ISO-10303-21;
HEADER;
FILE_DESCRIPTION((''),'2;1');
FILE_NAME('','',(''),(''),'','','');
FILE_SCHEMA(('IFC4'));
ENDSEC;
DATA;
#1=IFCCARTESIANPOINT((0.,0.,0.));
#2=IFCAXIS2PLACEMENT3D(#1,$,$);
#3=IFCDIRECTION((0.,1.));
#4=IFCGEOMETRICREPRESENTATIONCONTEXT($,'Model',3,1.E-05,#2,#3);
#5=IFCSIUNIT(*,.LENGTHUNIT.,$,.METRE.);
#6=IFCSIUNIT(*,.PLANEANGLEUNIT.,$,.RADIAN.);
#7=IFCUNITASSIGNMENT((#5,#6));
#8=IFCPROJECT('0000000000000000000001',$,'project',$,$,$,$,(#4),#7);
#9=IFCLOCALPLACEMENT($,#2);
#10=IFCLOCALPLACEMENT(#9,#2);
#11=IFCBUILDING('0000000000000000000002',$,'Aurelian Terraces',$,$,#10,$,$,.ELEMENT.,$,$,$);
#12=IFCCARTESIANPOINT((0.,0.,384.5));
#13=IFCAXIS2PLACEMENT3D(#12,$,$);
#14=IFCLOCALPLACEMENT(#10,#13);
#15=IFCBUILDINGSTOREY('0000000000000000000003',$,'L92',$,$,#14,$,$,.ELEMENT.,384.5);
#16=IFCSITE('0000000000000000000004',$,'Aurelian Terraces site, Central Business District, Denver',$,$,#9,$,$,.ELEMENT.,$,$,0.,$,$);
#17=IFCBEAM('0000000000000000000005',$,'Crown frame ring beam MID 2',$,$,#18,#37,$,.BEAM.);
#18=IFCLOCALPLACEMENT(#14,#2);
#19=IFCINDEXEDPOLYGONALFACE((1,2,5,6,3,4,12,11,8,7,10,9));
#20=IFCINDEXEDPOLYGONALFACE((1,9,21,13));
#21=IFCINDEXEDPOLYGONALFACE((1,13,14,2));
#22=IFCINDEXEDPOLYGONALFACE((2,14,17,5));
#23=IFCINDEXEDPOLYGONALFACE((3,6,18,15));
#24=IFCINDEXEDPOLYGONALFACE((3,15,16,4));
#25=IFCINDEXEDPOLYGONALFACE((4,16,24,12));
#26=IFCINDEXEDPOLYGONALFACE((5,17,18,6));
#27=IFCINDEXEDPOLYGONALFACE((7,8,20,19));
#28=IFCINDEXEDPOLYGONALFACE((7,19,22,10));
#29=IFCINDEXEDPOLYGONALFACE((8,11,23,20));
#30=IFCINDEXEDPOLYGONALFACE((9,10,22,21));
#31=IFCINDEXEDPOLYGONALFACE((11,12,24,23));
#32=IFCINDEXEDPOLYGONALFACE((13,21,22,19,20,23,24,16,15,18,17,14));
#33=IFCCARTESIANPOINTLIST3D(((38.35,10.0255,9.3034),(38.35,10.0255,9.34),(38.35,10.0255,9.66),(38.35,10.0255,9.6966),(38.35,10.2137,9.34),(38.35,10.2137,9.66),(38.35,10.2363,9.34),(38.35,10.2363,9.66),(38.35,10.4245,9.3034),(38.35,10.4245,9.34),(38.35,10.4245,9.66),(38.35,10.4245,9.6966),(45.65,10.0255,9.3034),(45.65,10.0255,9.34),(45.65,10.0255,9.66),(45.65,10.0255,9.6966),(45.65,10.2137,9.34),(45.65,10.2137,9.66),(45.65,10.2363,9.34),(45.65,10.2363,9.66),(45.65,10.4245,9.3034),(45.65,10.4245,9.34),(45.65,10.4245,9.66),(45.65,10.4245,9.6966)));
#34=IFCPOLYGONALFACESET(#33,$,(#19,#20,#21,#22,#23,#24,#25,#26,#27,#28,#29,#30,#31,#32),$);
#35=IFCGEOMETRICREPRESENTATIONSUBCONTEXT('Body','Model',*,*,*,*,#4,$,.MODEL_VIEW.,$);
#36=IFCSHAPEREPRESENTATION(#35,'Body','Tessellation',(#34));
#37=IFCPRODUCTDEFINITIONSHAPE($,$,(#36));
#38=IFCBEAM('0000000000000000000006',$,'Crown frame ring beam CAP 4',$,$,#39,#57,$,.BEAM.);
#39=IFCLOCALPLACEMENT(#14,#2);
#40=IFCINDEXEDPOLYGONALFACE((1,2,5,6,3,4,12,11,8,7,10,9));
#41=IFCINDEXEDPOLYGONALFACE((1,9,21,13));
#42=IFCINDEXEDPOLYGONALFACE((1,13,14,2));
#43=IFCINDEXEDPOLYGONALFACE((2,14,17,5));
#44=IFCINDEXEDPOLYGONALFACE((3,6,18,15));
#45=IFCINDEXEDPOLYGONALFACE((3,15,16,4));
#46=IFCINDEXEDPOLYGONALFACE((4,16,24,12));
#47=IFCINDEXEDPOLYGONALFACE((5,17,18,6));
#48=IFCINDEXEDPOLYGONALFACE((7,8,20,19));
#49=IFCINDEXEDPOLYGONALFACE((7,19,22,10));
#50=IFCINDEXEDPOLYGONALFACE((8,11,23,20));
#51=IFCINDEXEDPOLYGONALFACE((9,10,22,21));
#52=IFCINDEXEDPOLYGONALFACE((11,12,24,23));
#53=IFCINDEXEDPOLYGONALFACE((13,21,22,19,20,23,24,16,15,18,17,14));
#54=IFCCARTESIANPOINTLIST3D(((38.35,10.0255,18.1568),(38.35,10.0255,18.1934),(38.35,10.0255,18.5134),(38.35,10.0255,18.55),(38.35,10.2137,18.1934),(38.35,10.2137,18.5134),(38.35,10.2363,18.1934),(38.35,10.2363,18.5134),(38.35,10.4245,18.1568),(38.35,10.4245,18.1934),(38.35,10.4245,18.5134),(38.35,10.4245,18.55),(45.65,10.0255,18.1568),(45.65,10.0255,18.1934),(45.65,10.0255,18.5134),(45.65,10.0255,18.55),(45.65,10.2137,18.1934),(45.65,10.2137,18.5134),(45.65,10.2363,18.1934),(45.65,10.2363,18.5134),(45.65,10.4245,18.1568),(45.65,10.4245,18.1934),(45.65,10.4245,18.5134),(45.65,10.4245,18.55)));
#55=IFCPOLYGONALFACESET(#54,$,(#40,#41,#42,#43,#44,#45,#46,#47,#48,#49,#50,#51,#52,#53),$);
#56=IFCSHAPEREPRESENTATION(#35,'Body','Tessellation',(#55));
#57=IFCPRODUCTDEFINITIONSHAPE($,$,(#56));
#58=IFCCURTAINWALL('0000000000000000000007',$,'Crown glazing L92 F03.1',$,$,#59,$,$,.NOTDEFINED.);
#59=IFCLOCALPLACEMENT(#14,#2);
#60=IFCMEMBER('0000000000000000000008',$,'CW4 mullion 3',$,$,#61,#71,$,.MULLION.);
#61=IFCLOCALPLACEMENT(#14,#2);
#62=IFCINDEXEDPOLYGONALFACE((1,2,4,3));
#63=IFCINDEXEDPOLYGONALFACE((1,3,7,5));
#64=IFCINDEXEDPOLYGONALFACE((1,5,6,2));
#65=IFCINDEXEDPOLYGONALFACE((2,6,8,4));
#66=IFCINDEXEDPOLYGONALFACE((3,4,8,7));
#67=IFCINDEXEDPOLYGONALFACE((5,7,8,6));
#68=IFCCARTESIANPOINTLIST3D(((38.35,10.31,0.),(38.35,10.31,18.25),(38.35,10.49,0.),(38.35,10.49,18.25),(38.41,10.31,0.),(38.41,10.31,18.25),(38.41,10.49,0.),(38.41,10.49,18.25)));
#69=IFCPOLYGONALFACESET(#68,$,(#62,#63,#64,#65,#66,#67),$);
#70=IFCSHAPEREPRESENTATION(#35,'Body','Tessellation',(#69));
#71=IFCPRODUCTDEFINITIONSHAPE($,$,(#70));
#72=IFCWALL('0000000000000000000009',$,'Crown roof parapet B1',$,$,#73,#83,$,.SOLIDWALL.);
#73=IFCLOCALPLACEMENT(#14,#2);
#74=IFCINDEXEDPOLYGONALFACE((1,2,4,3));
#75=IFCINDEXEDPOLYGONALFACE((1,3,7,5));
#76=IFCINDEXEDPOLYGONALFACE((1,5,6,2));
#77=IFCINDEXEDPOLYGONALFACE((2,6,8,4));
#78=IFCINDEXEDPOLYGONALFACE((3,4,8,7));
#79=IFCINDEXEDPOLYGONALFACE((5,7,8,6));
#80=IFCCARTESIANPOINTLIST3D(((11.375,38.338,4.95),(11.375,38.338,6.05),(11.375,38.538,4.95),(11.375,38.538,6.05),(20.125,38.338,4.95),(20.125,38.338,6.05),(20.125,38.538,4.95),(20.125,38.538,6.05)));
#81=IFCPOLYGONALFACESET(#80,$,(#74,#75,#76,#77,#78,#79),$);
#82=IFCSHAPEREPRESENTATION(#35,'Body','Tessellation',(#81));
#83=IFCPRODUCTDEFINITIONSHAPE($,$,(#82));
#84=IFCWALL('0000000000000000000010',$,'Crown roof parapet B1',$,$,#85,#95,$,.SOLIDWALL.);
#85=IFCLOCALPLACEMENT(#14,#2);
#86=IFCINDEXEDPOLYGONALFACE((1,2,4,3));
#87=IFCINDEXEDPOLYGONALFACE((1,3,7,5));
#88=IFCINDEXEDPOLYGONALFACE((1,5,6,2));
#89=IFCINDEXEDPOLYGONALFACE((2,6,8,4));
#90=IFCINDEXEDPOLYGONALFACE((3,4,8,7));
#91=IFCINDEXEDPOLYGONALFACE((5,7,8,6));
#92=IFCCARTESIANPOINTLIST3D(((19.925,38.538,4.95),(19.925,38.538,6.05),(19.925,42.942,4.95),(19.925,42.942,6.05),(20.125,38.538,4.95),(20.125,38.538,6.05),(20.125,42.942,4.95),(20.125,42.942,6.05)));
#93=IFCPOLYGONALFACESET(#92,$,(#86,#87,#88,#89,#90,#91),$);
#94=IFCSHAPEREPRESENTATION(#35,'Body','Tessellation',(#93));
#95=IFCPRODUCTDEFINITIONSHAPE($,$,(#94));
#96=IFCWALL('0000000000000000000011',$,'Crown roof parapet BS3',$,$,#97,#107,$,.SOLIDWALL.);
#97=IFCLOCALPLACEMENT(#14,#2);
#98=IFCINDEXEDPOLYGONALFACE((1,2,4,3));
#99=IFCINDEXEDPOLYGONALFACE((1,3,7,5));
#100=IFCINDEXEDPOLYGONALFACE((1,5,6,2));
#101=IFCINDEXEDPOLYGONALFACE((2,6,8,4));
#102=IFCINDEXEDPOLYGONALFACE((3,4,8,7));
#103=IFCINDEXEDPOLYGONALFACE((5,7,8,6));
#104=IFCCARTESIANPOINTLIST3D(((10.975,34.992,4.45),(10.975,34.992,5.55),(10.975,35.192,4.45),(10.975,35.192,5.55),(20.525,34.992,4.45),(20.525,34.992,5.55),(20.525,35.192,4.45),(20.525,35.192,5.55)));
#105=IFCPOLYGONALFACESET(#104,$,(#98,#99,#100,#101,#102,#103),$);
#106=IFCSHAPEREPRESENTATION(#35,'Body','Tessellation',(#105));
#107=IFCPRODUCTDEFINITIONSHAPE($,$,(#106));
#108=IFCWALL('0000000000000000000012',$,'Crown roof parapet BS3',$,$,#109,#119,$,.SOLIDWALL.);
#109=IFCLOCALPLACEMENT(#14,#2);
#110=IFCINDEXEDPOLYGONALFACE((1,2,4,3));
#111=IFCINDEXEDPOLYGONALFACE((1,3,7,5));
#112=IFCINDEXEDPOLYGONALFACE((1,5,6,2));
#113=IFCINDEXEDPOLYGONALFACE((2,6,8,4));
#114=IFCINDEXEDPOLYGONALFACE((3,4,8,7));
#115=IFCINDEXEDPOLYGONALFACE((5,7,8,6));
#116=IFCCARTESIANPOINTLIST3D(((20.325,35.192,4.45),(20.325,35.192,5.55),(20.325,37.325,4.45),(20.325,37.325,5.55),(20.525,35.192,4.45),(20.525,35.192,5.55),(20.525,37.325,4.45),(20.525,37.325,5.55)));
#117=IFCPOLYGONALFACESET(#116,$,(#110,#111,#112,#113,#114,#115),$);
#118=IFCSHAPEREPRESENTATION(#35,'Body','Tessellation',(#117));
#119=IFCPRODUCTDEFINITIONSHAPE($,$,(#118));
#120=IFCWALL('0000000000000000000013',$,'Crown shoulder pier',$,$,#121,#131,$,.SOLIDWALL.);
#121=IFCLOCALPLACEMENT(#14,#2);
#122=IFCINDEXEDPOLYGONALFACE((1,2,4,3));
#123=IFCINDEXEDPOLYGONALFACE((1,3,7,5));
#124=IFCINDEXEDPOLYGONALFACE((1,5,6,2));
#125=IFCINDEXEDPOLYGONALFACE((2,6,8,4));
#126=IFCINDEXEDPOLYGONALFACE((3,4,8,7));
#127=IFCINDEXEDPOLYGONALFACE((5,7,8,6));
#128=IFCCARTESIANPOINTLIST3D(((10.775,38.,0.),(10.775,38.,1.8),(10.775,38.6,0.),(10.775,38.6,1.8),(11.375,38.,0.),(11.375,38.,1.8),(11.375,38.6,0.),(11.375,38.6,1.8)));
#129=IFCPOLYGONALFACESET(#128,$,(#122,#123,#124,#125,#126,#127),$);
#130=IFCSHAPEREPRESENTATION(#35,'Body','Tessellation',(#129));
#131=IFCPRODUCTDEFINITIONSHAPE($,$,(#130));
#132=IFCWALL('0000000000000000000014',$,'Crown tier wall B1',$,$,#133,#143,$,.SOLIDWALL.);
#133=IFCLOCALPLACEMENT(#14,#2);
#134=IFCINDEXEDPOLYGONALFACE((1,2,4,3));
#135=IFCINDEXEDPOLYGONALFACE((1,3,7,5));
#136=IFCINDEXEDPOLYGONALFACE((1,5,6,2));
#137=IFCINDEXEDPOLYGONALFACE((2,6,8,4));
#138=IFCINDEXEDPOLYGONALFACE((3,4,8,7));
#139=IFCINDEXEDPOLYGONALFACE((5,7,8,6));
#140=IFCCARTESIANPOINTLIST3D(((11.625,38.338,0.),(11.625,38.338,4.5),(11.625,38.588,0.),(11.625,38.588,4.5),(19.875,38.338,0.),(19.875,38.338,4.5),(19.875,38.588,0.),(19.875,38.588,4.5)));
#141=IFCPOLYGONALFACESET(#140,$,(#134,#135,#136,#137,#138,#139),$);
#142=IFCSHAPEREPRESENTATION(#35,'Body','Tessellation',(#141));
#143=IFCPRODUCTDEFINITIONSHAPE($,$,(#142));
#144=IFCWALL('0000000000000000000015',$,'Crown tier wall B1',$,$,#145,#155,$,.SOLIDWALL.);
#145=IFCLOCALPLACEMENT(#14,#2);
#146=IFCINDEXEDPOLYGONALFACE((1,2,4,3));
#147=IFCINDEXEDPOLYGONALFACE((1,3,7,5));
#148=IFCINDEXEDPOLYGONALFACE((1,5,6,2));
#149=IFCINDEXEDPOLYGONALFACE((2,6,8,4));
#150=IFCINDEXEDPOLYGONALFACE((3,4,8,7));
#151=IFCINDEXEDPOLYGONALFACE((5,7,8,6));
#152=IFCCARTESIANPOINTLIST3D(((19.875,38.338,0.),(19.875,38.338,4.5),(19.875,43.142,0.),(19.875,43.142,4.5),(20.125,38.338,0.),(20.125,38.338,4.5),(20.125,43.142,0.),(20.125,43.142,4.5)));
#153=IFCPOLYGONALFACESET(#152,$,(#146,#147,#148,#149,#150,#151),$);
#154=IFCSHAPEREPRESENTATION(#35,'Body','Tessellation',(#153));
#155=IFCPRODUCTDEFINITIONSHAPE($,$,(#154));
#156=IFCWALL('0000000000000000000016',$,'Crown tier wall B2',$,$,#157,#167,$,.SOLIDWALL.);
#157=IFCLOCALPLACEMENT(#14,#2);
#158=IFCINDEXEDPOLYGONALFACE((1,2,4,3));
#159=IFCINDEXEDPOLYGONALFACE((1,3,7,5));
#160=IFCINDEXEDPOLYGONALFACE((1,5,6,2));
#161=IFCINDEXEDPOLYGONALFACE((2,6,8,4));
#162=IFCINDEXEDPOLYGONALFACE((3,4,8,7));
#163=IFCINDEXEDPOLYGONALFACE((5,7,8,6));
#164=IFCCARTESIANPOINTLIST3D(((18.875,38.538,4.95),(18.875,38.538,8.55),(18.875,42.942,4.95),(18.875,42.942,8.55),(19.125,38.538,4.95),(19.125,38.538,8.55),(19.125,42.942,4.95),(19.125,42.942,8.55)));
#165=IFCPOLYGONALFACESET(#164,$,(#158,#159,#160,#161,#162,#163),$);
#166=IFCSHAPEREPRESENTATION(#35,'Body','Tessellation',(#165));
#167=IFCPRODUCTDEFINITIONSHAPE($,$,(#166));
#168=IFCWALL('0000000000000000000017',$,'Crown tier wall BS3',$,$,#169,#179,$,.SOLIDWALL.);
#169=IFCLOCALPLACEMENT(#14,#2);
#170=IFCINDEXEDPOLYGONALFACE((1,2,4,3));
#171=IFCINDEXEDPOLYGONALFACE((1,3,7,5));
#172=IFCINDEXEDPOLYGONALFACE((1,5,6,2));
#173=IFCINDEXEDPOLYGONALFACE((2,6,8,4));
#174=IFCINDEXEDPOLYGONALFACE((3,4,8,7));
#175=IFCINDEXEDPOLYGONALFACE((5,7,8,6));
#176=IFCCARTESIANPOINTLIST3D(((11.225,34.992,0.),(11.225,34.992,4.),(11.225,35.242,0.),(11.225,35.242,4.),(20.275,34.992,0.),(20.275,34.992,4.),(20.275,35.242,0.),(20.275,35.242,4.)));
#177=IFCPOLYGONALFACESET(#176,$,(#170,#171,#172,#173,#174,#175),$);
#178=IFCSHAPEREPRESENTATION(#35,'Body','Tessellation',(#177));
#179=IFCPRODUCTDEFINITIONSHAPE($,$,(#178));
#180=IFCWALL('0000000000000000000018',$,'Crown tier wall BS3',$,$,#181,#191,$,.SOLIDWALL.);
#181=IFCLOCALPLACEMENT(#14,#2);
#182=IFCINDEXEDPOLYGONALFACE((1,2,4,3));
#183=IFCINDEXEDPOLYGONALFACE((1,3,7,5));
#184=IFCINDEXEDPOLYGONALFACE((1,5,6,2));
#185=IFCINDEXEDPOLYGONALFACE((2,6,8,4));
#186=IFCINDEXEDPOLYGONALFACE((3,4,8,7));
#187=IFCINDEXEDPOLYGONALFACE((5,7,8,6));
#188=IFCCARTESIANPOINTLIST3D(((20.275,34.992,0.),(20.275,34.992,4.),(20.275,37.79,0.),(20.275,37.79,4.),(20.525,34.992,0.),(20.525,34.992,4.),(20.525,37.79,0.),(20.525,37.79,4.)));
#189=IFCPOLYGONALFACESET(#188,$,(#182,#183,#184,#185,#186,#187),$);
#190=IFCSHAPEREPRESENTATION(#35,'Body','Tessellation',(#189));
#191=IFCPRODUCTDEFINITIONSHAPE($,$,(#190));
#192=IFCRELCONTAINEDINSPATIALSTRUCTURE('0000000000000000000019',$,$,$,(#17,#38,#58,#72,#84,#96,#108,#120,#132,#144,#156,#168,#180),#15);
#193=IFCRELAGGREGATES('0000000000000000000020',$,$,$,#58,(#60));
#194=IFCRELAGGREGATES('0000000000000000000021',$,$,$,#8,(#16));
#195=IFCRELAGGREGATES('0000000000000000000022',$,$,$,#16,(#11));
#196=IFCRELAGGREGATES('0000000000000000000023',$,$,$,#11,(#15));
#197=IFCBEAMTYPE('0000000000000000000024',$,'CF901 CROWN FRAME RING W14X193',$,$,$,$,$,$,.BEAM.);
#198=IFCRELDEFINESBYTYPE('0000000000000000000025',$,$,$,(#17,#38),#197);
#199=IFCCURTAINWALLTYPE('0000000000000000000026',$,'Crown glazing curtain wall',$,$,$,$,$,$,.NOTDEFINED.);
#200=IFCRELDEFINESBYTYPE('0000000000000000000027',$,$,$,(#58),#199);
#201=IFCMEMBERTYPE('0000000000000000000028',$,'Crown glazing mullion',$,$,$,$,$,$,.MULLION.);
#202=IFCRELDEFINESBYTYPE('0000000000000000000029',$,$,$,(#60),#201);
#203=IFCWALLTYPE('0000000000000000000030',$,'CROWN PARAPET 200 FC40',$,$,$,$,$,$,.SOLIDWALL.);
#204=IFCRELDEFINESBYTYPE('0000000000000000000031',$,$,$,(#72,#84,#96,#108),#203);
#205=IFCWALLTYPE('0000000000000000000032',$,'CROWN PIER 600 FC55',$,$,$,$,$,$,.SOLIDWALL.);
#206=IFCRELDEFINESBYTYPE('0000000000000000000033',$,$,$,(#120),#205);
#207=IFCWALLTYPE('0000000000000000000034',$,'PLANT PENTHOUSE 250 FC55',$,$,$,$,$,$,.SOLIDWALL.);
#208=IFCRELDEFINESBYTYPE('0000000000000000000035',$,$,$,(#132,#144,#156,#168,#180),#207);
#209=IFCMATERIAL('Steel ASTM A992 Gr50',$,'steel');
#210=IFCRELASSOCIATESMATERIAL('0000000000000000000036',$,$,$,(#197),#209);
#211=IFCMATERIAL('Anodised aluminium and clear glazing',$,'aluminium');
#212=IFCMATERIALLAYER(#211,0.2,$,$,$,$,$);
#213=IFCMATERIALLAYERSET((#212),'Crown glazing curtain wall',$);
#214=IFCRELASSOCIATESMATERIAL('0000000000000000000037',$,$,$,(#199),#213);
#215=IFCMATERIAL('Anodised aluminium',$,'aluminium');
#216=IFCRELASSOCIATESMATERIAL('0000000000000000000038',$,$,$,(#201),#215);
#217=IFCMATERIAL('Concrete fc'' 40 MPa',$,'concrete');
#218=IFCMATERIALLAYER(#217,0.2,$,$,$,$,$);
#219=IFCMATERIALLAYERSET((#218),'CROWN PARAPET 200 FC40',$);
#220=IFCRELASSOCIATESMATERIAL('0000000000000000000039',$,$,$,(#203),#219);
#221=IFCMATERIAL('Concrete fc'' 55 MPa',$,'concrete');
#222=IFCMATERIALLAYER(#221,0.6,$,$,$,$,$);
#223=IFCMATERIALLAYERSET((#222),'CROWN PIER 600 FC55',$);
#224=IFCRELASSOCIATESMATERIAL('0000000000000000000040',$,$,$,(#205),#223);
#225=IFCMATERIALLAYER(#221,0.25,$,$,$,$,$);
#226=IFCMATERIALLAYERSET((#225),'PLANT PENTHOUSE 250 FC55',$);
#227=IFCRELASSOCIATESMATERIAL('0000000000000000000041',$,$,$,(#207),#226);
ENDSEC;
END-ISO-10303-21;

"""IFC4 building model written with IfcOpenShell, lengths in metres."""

from ifc_helpers import new_model, si_unit, direction, frame, frame_2d, origin, origin_2d, place, context, subcontext, project, spatial, rectangle, i_section, extrude, source, transform, mapped, material, layer, layer_set, material_profile, profile_set, type_object, element, aggregate, save


model = new_model("IFC4")

# Units and contexts
model_context = context("Model", 3, precision=1e-05, world=origin(), true_north=direction((0.0, 1.0)))
body_context = subcontext(model_context, "Body", "Model", "MODEL_VIEW")
ifc_project = project(units=[si_unit("LENGTHUNIT", "METRE"), si_unit("PLANEANGLEUNIT", "RADIAN")], contexts=[model_context])

# Site, building, storey
site_placement = place(None, origin())
site = spatial("IfcSite", under=ifc_project, at=site_placement, Name="Aurelian Terraces site, Central Business District, Denver", CompositionType="ELEMENT", RefElevation=0.0)
building_placement = place(site_placement, origin())
building = spatial("IfcBuilding", under=site, at=building_placement, Name="Aurelian Terraces", CompositionType="ELEMENT")
storey_placement = place(building_placement, frame((0.0, 0.0, 384.5)))
storey = spatial("IfcBuildingStorey", under=building, at=storey_placement, Name="L92", CompositionType="ELEMENT", Elevation=384.5)

# Beams
ifc_material_1 = material(Name="Steel ASTM A992 Gr50", Category="steel")
ifc_material_profile_1 = material_profile(ifc_material_1, i_section(OverallWidth=0.399, OverallDepth=0.3932, WebThickness=0.0226, FlangeThickness=0.0366, at=origin_2d()))
ifc_profile_set_1 = profile_set([ifc_material_profile_1], Name="Steel ASTM A992 Gr50")
beam_type = type_object("IfcBeamType", Name="CF901 CROWN FRAME RING W14X193", PredefinedType="BEAM", material=ifc_profile_set_1)
shared_shape_1 = source(origin(), body_context, "Body", "SweptSolid", [
    extrude(i_section(OverallWidth=0.399, OverallDepth=0.3932, WebThickness=0.0226, FlangeThickness=0.0366, at=origin_2d()), origin(), (0.0, 0.0, 1.0), 7.3),
])
for number, where, z_axis, x_axis, name in (
    (1, (38.35, 10.225, 9.5), (1.0, 0.0, 0.0), (0.0, 1.0, 0.0), "Crown frame ring beam MID 2"),
    (2, (38.35, 10.225, 18.3534), (1.0, 0.0, 0.0), (0.0, 1.0, 0.0), "Crown frame ring beam CAP 4"),
):
    element("IfcBeam", number, at=place(storey_placement, frame(where, z_axis=z_axis, x_axis=x_axis)), inside=storey, type_object=beam_type, Name=name, PredefinedType="BEAM", context=body_context, shape_type="MappedRepresentation", body=[
        mapped(shared_shape_1, transform((0.0, 0.0, 0.0), scale=1.0)),
    ])

# Curtain wall, member
ifc_material_2 = material(Name="Anodised aluminium and clear glazing", Category="aluminium")
ifc_layer_1 = layer(ifc_material_2, 0.2)
ifc_layer_set_1 = layer_set([ifc_layer_1], Name="Crown glazing curtain wall")
curtain_wall_type = type_object("IfcCurtainWallType", Name="Crown glazing curtain wall", PredefinedType="NOTDEFINED", material=ifc_layer_set_1)
curtain_wall_placement = place(storey_placement, origin())
curtain_wall = element("IfcCurtainWall", 3, at=curtain_wall_placement, inside=storey, type_object=curtain_wall_type, Name="Crown glazing L92 F03.1", PredefinedType="NOTDEFINED")
ifc_material_3 = material(Name="Anodised aluminium", Category="aluminium")
ifc_material_profile_2 = material_profile(ifc_material_3, rectangle(XDim=0.18, YDim=0.06, at=origin_2d()))
ifc_profile_set_2 = profile_set([ifc_material_profile_2], Name="Anodised aluminium")
member_type = type_object("IfcMemberType", Name="Crown glazing mullion", PredefinedType="MULLION", material=ifc_profile_set_2)
shared_shape_2 = source(origin(), body_context, "Body", "SweptSolid", [
    extrude(rectangle(XDim=0.18, YDim=0.06, at=origin_2d()), origin(), (0.0, 0.0, 1.0), 18.25),
])
member_placement = place(storey_placement, frame((38.38, 10.4, 0.0), z_axis=(0.0, 0.0, 1.0), x_axis=(0.0, -1.0, 0.0)))
member = element("IfcMember", 4, at=member_placement, type_object=member_type, Name="CW4 mullion 3", PredefinedType="MULLION", context=body_context, shape_type="MappedRepresentation", body=[
    mapped(shared_shape_2, transform((0.0, 0.0, 0.0), scale=1.0)),
])
aggregate(curtain_wall, [member])

# Walls
ifc_material_4 = material(Name="Concrete fc' 40 MPa", Category="concrete")
ifc_layer_2 = layer(ifc_material_4, 0.2)
ifc_layer_set_2 = layer_set([ifc_layer_2], Name="CROWN PARAPET 200 FC40")
wall_type_1 = type_object("IfcWallType", Name="CROWN PARAPET 200 FC40", PredefinedType="SOLIDWALL", material=ifc_layer_set_2)
wall_1_placement = place(storey_placement, frame((11.375, 38.438, 4.95), z_axis=(0.0, 0.0, 1.0), x_axis=(1.0, 0.0, 0.0)))
element("IfcWall", 5, at=wall_1_placement, inside=storey, type_object=wall_type_1, Name="Crown roof parapet B1", PredefinedType="SOLIDWALL", context=body_context, shape_type="SweptSolid", body=[
    extrude(rectangle(XDim=8.75, YDim=0.2, at=frame_2d((4.375, 0.0))), origin(), (0.0, 0.0, 1.0), 1.1),
])
wall_2_placement = place(storey_placement, frame((20.025, 38.538, 4.95), z_axis=(0.0, 0.0, 1.0), x_axis=(0.0, 1.0, 0.0)))
element("IfcWall", 6, at=wall_2_placement, inside=storey, type_object=wall_type_1, Name="Crown roof parapet B1", PredefinedType="SOLIDWALL", context=body_context, shape_type="SweptSolid", body=[
    extrude(rectangle(XDim=4.404, YDim=0.2, at=frame_2d((2.202, 0.0))), origin(), (0.0, 0.0, 1.0), 1.1),
])
wall_3_placement = place(storey_placement, frame((10.975, 35.092, 4.45), z_axis=(0.0, 0.0, 1.0), x_axis=(1.0, 0.0, 0.0)))
element("IfcWall", 7, at=wall_3_placement, inside=storey, type_object=wall_type_1, Name="Crown roof parapet BS3", PredefinedType="SOLIDWALL", context=body_context, shape_type="SweptSolid", body=[
    extrude(rectangle(XDim=9.55, YDim=0.2, at=frame_2d((4.775, 0.0))), origin(), (0.0, 0.0, 1.0), 1.1),
])
wall_4_placement = place(storey_placement, frame((20.425, 35.192, 4.45), z_axis=(0.0, 0.0, 1.0), x_axis=(0.0, 1.0, 0.0)))
element("IfcWall", 8, at=wall_4_placement, inside=storey, type_object=wall_type_1, Name="Crown roof parapet BS3", PredefinedType="SOLIDWALL", context=body_context, shape_type="SweptSolid", body=[
    extrude(rectangle(XDim=2.133, YDim=0.2, at=frame_2d((1.0665, 0.0))), origin(), (0.0, 0.0, 1.0), 1.1),
])
ifc_material_5 = material(Name="Concrete fc' 55 MPa", Category="concrete")
ifc_layer_3 = layer(ifc_material_5, 0.6)
ifc_layer_set_3 = layer_set([ifc_layer_3], Name="CROWN PIER 600 FC55")
wall_type_2 = type_object("IfcWallType", Name="CROWN PIER 600 FC55", PredefinedType="SOLIDWALL", material=ifc_layer_set_3)
wall_5_placement = place(storey_placement, frame((11.075, 38.3, 0.0), z_axis=(0.0, 0.0, 1.0), x_axis=(1.0, 0.0, 0.0)))
element("IfcWall", 9, at=wall_5_placement, inside=storey, type_object=wall_type_2, Name="Crown shoulder pier", PredefinedType="SOLIDWALL", context=body_context, shape_type="SweptSolid", body=[
    extrude(rectangle(XDim=0.6, YDim=0.6, at=origin_2d()), origin(), (0.0, 0.0, 1.0), 1.8),
])
ifc_layer_4 = layer(ifc_material_5, 0.25)
ifc_layer_set_4 = layer_set([ifc_layer_4], Name="PLANT PENTHOUSE 250 FC55")
wall_type_3 = type_object("IfcWallType", Name="PLANT PENTHOUSE 250 FC55", PredefinedType="SOLIDWALL", material=ifc_layer_set_4)
wall_6_placement = place(storey_placement, frame((11.625, 38.463, 0.0), z_axis=(0.0, 0.0, 1.0), x_axis=(1.0, 0.0, 0.0)))
element("IfcWall", 10, at=wall_6_placement, inside=storey, type_object=wall_type_3, Name="Crown tier wall B1", PredefinedType="SOLIDWALL", context=body_context, shape_type="SweptSolid", body=[
    extrude(rectangle(XDim=8.25, YDim=0.25, at=frame_2d((4.125, 0.0))), origin(), (0.0, 0.0, 1.0), 4.5),
])
wall_7_placement = place(storey_placement, frame((20.0, 38.338, 0.0), z_axis=(0.0, 0.0, 1.0), x_axis=(0.0, 1.0, 0.0)))
element("IfcWall", 11, at=wall_7_placement, inside=storey, type_object=wall_type_3, Name="Crown tier wall B1", PredefinedType="SOLIDWALL", context=body_context, shape_type="SweptSolid", body=[
    extrude(rectangle(XDim=4.804, YDim=0.25, at=frame_2d((2.402, 0.0))), origin(), (0.0, 0.0, 1.0), 4.5),
])
wall_8_placement = place(storey_placement, frame((19.0, 38.538, 4.95), z_axis=(0.0, 0.0, 1.0), x_axis=(0.0, 1.0, 0.0)))
element("IfcWall", 12, at=wall_8_placement, inside=storey, type_object=wall_type_3, Name="Crown tier wall B2", PredefinedType="SOLIDWALL", context=body_context, shape_type="SweptSolid", body=[
    extrude(rectangle(XDim=4.404, YDim=0.25, at=frame_2d((2.202, 0.0))), origin(), (0.0, 0.0, 1.0), 3.6),
])
wall_9_placement = place(storey_placement, frame((11.225, 35.117, 0.0), z_axis=(0.0, 0.0, 1.0), x_axis=(1.0, 0.0, 0.0)))
element("IfcWall", 13, at=wall_9_placement, inside=storey, type_object=wall_type_3, Name="Crown tier wall BS3", PredefinedType="SOLIDWALL", context=body_context, shape_type="SweptSolid", body=[
    extrude(rectangle(XDim=9.05, YDim=0.25, at=frame_2d((4.525, 0.0))), origin(), (0.0, 0.0, 1.0), 4.0),
])
wall_10_placement = place(storey_placement, frame((20.4, 34.992, 0.0), z_axis=(0.0, 0.0, 1.0), x_axis=(0.0, 1.0, 0.0)))
element("IfcWall", 14, at=wall_10_placement, inside=storey, type_object=wall_type_3, Name="Crown tier wall BS3", PredefinedType="SOLIDWALL", context=body_context, shape_type="SweptSolid", body=[
    extrude(rectangle(XDim=2.798, YDim=0.25, at=frame_2d((1.399, 0.0))), origin(), (0.0, 0.0, 1.0), 4.0),
])

save(model, "model.ifc")
